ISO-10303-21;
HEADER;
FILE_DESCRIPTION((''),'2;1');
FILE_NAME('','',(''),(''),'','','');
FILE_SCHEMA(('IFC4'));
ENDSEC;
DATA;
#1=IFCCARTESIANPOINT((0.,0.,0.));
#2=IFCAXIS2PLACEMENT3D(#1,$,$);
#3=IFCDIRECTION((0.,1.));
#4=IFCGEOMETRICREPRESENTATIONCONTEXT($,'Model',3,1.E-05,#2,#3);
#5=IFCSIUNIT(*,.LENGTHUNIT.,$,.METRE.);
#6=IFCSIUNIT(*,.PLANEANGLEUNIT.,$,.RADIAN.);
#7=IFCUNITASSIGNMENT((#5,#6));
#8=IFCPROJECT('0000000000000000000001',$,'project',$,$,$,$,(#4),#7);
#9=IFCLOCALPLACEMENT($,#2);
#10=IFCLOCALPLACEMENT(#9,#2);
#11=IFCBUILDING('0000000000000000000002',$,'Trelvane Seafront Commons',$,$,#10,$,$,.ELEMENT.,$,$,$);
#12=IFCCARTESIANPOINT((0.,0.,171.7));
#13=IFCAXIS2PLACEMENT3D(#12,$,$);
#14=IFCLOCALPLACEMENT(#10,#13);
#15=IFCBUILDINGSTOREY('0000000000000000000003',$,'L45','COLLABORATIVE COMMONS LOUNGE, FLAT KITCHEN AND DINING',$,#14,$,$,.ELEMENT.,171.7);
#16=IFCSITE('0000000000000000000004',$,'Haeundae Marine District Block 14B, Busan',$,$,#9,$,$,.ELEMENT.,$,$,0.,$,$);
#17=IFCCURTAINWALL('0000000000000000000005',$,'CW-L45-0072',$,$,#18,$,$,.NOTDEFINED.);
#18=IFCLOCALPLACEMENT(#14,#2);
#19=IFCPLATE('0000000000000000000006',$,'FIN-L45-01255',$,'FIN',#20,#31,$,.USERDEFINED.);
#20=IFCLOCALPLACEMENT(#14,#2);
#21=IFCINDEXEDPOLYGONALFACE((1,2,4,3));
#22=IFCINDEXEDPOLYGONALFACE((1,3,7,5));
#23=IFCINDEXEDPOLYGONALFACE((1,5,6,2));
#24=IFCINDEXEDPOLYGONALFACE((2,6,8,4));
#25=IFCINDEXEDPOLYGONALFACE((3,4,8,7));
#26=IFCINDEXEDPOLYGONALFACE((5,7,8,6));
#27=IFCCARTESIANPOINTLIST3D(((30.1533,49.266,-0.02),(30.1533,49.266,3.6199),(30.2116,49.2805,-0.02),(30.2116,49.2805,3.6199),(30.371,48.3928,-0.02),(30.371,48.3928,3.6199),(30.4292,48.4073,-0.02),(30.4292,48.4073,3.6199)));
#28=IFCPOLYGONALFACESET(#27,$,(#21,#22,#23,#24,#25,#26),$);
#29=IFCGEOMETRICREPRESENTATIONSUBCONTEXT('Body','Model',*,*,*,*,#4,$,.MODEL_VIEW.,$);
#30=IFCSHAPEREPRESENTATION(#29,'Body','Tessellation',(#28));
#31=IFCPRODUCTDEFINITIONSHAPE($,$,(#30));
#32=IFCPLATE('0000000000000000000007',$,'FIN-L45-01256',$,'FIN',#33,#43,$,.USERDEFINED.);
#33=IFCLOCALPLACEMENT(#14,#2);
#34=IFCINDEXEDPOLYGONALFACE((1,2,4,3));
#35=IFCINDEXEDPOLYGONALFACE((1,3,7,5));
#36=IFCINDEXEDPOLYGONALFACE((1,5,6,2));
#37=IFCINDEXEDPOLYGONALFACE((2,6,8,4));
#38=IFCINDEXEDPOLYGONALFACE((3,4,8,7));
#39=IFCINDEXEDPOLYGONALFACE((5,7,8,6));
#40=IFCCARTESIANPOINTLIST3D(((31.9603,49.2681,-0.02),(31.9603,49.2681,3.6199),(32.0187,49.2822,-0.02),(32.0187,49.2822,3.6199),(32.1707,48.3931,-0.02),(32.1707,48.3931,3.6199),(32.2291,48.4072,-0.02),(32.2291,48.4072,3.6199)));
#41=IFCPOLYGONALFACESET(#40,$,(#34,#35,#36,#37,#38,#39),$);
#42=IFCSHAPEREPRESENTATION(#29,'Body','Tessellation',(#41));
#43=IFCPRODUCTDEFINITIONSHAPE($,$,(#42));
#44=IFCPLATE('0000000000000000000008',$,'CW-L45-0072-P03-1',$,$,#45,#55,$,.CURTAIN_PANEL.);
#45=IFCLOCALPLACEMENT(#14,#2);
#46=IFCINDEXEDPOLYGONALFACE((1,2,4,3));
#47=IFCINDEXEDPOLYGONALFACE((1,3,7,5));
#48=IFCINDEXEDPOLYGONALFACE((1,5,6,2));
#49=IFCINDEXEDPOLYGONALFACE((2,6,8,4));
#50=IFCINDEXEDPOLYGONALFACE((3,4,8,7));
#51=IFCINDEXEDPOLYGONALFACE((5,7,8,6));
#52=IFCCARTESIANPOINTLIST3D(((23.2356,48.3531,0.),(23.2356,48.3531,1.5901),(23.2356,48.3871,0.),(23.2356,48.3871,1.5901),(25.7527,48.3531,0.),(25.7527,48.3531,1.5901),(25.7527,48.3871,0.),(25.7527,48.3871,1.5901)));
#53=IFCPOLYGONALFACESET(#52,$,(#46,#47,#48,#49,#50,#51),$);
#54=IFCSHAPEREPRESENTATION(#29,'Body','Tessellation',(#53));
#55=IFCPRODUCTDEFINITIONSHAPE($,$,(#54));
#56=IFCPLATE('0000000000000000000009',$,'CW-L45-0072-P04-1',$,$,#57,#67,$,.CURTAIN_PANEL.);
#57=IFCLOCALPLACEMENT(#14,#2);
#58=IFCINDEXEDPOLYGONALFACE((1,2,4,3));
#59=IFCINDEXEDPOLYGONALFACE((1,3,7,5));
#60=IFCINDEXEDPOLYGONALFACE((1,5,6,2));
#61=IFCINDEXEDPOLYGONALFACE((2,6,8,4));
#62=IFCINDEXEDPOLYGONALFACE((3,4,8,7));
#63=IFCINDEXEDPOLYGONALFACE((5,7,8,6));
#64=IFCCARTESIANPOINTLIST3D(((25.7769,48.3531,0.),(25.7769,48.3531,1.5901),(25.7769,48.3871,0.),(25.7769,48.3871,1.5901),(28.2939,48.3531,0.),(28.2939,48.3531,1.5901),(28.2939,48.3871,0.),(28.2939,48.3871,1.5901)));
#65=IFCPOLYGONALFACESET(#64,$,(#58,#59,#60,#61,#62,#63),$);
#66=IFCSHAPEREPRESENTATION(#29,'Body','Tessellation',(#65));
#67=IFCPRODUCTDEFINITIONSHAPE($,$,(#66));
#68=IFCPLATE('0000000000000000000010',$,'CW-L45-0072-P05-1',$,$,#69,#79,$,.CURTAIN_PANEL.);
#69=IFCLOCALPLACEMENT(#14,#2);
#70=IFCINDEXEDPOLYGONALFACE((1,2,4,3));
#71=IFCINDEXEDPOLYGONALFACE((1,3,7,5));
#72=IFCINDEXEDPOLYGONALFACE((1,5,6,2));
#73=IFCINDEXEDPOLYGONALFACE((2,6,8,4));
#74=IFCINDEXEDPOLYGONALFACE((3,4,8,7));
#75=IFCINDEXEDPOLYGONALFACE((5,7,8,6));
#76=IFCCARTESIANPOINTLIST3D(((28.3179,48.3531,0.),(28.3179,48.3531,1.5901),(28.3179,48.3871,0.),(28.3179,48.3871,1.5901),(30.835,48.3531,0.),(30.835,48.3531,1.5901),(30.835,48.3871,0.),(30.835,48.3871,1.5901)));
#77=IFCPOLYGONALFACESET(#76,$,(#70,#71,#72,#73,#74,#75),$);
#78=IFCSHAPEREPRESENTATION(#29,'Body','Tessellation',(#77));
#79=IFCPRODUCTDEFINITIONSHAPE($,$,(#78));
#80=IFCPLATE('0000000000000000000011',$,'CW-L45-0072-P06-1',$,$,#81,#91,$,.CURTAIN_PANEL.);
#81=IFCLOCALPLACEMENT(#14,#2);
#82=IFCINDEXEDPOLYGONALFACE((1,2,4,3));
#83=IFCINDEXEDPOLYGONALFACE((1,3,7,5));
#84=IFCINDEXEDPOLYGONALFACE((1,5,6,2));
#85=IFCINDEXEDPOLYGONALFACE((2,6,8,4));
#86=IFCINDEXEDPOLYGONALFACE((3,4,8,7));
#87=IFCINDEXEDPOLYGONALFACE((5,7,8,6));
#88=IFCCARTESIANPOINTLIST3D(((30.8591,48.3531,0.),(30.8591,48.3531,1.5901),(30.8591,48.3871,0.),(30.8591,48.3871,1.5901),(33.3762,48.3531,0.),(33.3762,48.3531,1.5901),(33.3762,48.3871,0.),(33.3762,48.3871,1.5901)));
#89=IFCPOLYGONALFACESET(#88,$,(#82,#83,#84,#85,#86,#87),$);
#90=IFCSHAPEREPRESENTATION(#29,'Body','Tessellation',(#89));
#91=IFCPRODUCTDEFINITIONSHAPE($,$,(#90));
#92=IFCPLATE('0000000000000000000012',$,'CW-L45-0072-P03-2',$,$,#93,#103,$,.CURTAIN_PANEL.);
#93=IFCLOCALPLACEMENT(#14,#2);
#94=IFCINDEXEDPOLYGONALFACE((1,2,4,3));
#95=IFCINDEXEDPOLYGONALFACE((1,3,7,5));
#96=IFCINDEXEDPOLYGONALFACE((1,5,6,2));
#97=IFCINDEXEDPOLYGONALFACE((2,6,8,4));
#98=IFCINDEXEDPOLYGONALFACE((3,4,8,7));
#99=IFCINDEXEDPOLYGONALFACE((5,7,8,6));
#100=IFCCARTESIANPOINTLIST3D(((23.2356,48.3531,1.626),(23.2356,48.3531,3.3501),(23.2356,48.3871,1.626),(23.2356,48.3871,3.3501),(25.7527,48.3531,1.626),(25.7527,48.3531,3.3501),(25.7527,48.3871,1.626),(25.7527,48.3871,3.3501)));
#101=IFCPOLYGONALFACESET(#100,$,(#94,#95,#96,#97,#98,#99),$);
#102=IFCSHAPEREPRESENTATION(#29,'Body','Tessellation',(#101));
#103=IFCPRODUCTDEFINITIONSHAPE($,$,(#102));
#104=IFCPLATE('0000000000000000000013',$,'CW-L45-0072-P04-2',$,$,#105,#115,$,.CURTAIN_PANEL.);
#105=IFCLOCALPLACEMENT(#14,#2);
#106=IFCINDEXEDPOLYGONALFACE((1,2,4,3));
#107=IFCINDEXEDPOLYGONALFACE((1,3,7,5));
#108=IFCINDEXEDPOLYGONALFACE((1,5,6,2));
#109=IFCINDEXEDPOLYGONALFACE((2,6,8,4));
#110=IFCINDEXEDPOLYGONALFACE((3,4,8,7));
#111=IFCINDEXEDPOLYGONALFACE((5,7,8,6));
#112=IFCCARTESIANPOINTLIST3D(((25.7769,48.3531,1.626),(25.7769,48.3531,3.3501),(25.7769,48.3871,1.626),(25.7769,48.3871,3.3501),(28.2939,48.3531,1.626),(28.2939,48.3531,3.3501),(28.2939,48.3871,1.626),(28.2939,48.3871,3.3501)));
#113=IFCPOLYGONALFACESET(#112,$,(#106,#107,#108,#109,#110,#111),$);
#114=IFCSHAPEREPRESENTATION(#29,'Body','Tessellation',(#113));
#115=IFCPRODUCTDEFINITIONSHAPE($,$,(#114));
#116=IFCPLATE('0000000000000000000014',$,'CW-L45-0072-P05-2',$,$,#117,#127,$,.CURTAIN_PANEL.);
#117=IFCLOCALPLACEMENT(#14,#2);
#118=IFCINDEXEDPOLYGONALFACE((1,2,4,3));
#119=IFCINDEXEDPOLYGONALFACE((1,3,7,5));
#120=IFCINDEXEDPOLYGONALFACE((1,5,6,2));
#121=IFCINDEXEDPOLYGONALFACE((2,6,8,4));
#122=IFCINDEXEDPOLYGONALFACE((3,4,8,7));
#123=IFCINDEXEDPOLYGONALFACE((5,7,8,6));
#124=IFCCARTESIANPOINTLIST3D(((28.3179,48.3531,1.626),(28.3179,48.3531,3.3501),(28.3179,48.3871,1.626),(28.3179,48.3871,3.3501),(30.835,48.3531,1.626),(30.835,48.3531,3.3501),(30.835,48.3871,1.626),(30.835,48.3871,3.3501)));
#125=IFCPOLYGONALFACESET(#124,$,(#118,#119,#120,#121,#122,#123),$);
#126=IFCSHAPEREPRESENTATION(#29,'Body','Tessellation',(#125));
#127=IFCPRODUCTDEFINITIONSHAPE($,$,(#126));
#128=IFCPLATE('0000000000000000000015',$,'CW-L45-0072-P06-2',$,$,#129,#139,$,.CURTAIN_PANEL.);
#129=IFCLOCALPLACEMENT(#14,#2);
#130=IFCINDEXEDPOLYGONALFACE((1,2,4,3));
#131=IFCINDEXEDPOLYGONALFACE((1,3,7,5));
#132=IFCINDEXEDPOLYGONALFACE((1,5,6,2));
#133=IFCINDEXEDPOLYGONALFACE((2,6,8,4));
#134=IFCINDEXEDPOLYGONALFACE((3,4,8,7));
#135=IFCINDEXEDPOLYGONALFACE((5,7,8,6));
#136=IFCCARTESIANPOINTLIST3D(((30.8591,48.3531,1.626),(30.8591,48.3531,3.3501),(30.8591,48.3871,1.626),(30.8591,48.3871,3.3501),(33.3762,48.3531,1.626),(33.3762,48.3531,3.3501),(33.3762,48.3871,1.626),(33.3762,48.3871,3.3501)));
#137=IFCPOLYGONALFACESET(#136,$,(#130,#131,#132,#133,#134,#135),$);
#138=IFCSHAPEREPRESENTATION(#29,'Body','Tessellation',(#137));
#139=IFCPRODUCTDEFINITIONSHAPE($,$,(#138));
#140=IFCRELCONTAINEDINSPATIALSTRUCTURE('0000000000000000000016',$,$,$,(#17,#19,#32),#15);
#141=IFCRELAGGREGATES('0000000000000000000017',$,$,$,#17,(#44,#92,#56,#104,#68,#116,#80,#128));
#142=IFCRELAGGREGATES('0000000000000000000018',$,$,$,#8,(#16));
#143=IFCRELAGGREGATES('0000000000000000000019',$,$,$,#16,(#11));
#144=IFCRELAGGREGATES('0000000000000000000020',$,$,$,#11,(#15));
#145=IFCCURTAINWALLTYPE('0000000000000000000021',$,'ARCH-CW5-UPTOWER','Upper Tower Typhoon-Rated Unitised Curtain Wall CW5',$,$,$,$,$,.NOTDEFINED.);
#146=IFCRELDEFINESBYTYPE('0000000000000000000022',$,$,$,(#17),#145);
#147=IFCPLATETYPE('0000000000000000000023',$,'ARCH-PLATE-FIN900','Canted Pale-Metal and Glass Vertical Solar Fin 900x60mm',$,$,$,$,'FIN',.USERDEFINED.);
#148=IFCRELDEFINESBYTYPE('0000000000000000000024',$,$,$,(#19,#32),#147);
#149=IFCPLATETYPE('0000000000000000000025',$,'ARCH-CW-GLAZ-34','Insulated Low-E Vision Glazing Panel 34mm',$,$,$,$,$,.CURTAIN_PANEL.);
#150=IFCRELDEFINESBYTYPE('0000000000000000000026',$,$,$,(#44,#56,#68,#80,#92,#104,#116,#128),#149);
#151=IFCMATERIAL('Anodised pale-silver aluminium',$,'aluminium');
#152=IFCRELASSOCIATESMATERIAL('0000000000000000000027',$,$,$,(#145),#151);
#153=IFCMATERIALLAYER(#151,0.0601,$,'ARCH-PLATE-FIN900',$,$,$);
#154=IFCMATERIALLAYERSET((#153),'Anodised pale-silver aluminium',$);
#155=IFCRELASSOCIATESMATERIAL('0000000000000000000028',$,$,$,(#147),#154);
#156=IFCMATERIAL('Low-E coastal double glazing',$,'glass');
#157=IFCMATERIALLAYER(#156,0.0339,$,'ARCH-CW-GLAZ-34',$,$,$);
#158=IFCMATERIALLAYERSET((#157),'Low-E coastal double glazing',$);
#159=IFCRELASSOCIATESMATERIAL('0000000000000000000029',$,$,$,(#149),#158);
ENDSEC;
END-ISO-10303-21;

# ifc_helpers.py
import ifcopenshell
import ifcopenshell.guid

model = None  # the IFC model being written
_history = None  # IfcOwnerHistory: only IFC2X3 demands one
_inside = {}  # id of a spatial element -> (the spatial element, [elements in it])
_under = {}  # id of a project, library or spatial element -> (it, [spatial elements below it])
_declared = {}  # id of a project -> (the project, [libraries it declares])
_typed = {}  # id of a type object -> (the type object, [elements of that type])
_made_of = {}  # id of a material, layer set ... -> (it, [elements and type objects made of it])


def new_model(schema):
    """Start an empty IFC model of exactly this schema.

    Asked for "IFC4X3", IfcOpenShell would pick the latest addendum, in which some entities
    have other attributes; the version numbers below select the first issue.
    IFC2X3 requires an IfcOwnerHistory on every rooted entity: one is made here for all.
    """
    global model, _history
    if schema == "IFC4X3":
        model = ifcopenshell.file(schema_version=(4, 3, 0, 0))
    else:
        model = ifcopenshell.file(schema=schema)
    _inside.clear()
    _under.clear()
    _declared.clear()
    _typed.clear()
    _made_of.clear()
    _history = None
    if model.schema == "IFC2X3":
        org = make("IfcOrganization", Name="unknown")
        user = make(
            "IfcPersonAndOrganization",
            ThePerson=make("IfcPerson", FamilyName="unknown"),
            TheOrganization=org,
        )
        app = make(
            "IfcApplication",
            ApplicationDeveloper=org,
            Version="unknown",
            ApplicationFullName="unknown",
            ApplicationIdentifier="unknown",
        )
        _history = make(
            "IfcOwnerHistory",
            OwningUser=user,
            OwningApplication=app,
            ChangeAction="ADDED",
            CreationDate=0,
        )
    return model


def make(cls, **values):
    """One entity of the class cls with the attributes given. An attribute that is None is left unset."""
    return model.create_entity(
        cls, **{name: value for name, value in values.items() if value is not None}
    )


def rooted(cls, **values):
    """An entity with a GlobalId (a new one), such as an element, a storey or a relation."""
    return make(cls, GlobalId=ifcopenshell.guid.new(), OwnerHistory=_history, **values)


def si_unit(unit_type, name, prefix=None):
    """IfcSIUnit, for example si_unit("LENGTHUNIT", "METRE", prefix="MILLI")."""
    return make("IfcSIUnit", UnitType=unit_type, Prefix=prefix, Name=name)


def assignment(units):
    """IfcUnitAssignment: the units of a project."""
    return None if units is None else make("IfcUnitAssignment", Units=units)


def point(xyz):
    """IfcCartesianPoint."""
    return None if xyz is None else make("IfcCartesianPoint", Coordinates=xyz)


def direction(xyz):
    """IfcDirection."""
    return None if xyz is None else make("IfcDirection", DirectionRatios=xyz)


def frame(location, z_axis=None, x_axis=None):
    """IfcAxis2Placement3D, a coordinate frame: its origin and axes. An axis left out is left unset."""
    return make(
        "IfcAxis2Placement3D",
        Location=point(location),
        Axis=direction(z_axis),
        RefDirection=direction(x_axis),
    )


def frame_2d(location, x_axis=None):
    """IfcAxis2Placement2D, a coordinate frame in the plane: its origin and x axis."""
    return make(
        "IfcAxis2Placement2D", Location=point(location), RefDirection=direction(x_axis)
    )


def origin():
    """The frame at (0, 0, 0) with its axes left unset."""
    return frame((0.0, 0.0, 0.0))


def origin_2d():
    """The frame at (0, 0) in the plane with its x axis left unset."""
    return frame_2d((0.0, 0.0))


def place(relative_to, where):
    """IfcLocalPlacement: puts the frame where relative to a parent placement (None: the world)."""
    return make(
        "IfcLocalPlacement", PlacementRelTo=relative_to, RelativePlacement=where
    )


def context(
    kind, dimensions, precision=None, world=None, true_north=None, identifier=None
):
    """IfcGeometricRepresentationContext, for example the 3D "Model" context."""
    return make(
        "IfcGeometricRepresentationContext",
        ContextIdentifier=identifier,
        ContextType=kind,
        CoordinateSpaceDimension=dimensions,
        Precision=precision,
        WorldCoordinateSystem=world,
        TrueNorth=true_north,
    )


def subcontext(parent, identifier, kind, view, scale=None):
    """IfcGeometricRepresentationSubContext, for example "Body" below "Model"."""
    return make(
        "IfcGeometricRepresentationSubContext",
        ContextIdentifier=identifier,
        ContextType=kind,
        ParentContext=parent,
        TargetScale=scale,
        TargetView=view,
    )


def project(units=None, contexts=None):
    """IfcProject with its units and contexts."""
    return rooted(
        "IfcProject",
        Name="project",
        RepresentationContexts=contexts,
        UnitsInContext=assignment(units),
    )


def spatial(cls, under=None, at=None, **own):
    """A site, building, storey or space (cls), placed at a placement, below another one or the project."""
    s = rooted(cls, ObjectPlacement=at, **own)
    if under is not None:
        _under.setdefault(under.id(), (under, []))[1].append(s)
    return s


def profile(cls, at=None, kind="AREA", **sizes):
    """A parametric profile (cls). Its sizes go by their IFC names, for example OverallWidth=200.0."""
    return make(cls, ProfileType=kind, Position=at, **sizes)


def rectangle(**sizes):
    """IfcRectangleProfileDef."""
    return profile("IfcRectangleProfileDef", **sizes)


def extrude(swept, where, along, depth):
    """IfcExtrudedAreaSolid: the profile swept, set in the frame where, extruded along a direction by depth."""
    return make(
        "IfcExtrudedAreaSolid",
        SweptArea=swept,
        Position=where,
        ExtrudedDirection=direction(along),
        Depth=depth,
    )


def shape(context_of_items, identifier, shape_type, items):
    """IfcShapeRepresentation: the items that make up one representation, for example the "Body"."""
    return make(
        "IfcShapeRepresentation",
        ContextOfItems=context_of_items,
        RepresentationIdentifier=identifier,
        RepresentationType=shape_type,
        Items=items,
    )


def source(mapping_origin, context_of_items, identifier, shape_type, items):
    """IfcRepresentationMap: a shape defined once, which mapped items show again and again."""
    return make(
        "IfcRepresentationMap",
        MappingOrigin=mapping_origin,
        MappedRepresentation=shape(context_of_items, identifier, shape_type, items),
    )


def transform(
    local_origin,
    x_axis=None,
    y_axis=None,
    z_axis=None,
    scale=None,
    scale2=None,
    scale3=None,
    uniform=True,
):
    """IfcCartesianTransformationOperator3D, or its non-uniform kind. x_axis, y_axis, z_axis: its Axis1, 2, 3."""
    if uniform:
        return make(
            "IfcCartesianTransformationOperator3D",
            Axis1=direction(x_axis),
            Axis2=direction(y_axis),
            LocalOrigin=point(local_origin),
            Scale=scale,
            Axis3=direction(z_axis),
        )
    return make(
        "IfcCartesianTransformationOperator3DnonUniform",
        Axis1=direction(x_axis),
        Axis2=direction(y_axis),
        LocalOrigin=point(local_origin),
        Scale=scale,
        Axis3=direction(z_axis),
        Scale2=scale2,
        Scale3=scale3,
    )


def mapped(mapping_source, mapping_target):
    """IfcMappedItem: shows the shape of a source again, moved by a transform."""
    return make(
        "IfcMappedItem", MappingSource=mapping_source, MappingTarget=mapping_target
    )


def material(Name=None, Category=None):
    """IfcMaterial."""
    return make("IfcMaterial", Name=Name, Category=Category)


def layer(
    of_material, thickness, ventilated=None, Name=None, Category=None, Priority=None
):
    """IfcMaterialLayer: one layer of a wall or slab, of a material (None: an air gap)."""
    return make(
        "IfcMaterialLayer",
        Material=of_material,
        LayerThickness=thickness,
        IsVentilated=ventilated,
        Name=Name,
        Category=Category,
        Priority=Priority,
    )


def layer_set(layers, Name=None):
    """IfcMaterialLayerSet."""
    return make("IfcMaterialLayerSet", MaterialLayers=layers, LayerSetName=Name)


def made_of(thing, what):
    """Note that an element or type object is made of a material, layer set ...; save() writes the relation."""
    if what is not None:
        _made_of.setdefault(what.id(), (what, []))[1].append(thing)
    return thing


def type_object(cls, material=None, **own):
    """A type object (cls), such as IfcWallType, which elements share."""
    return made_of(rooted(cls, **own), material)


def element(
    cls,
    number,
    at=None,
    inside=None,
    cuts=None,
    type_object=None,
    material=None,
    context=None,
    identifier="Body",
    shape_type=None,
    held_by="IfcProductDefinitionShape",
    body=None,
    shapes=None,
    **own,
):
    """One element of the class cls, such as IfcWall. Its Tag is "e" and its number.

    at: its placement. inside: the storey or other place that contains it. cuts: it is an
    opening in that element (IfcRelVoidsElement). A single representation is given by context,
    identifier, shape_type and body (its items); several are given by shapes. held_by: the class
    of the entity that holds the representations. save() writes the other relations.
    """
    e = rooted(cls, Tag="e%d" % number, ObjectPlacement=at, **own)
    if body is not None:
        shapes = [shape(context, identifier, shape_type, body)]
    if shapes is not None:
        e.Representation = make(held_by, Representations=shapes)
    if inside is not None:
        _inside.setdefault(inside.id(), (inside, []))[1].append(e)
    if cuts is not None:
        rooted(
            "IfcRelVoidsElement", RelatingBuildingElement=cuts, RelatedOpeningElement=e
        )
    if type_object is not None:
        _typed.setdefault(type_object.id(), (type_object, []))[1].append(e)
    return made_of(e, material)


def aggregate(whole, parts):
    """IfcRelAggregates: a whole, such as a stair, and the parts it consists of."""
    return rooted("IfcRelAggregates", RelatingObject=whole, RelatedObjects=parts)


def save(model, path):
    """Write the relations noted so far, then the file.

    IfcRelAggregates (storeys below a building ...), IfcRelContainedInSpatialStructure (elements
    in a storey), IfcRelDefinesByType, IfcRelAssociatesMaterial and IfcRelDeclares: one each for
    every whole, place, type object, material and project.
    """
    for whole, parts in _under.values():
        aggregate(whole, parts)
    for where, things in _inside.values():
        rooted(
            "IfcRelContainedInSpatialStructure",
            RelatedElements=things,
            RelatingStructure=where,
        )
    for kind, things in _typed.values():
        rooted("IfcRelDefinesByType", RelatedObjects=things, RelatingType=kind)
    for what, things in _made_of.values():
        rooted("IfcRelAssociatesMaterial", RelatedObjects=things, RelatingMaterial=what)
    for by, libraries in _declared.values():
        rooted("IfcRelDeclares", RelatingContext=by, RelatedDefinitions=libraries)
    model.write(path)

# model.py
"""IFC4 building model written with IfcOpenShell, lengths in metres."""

from ifc_helpers import new_model, si_unit, direction, frame, origin, origin_2d, place, context, subcontext, project, spatial, rectangle, extrude, source, transform, mapped, material, layer, layer_set, type_object, element, aggregate, save


model = new_model("IFC4")

# Units and contexts
model_context = context("Model", 3, precision=1e-05, world=origin(), true_north=direction((0.0, 1.0)))
body_context = subcontext(model_context, "Body", "Model", "MODEL_VIEW")
ifc_project = project(units=[si_unit("LENGTHUNIT", "METRE"), si_unit("PLANEANGLEUNIT", "RADIAN")], contexts=[model_context])

# Site, building, storey
site_placement = place(None, origin())
site = spatial("IfcSite", under=ifc_project, at=site_placement, Name="Haeundae Marine District Block 14B, Busan", CompositionType="ELEMENT", RefElevation=0.0)
building_placement = place(site_placement, origin())
building = spatial("IfcBuilding", under=site, at=building_placement, Name="Trelvane Seafront Commons", CompositionType="ELEMENT")
storey_placement = place(building_placement, frame((0.0, 0.0, 171.7)))
storey = spatial("IfcBuildingStorey", under=building, at=storey_placement, Name="L45", Description="COLLABORATIVE COMMONS LOUNGE, FLAT KITCHEN AND DINING", CompositionType="ELEMENT", Elevation=171.7)

# Curtain wall
ifc_material_1 = material(Name="Anodised pale-silver aluminium", Category="aluminium")
curtain_wall_type = type_object("IfcCurtainWallType", Name="ARCH-CW5-UPTOWER", Description="Upper Tower Typhoon-Rated Unitised Curtain Wall CW5", PredefinedType="NOTDEFINED", material=ifc_material_1)
curtain_wall_placement = place(storey_placement, origin())
curtain_wall = element("IfcCurtainWall", 1, at=curtain_wall_placement, inside=storey, type_object=curtain_wall_type, Name="CW-L45-0072", PredefinedType="NOTDEFINED")

# Plates
ifc_layer_1 = layer(ifc_material_1, 0.0601, Name="ARCH-PLATE-FIN900")
ifc_layer_set_1 = layer_set([ifc_layer_1], Name="Anodised pale-silver aluminium")
plate_type_1 = type_object("IfcPlateType", Name="ARCH-PLATE-FIN900", Description="Canted Pale-Metal and Glass Vertical Solar Fin 900x60mm", ElementType="FIN", PredefinedType="USERDEFINED", material=ifc_layer_set_1)
shared_shape_1 = source(origin(), body_context, "Body", "SweptSolid", [
    extrude(rectangle(XDim=0.8999, YDim=0.0601, at=origin_2d()), origin(), (0.0, 0.0, 1.0), 3.6399),
])
for number, where, z_axis, x_axis, name in (
    (2, (30.2913, 48.8367, -0.02), (0.0, 0.0, 1.0), (-0.241881, 0.970306, 0.0), "FIN-L45-01255"),
    (3, (32.0947, 48.8376, -0.02), (0.0, 0.0, 1.0), (-0.233768, 0.972292, 0.0), "FIN-L45-01256"),
):
    element("IfcPlate", number, at=place(storey_placement, frame(where, z_axis=z_axis, x_axis=x_axis)), inside=storey, type_object=plate_type_1, Name=name, ObjectType="FIN", PredefinedType="USERDEFINED", context=body_context, shape_type="MappedRepresentation", body=[
        mapped(shared_shape_1, transform((0.0, 0.0, 0.0), x_axis=(1.0, 0.0, 0.0), y_axis=(0.0, 1.0, 0.0), z_axis=(0.0, 0.0, 1.0), scale=1.0)),
    ])

# Plates
ifc_material_2 = material(Name="Low-E coastal double glazing", Category="glass")
ifc_layer_2 = layer(ifc_material_2, 0.0339, Name="ARCH-CW-GLAZ-34")
ifc_layer_set_2 = layer_set([ifc_layer_2], Name="Low-E coastal double glazing")
plate_type_2 = type_object("IfcPlateType", Name="ARCH-CW-GLAZ-34", Description="Insulated Low-E Vision Glazing Panel 34mm", PredefinedType="CURTAIN_PANEL", material=ifc_layer_set_2)
shared_shape_2 = source(origin(), body_context, "Body", "SweptSolid", [
    extrude(rectangle(XDim=2.5171, YDim=0.0339, at=origin_2d()), origin(), (0.0, 0.0, 1.0), 1.5901),
])
plate_1_placement = place(storey_placement, frame((24.4941, 48.3701, 0.0), z_axis=(0.0, 0.0, 1.0), x_axis=(1.0, 0.0, 0.0)))
plate_1 = element("IfcPlate", 4, at=plate_1_placement, type_object=plate_type_2, Name="CW-L45-0072-P03-1", PredefinedType="CURTAIN_PANEL", context=body_context, shape_type="MappedRepresentation", body=[
    mapped(shared_shape_2, transform((0.0, 0.0, 0.0), x_axis=(1.0, 0.0, 0.0), y_axis=(0.0, 1.0, 0.0), z_axis=(0.0, 0.0, 1.0), scale=1.0)),
])
plate_2_placement = place(storey_placement, frame((27.0354, 48.3701, 0.0), z_axis=(0.0, 0.0, 1.0), x_axis=(1.0, 0.0, 0.0)))
plate_2 = element("IfcPlate", 5, at=plate_2_placement, type_object=plate_type_2, Name="CW-L45-0072-P04-1", PredefinedType="CURTAIN_PANEL", context=body_context, shape_type="MappedRepresentation", body=[
    mapped(shared_shape_2, transform((0.0, 0.0, 0.0), x_axis=(1.0, 0.0, 0.0), y_axis=(0.0, 1.0, 0.0), z_axis=(0.0, 0.0, 1.0), scale=1.0)),
])
plate_3_placement = place(storey_placement, frame((29.5764, 48.3701, 0.0), z_axis=(0.0, 0.0, 1.0), x_axis=(1.0, 0.0, 0.0)))
plate_3 = element("IfcPlate", 6, at=plate_3_placement, type_object=plate_type_2, Name="CW-L45-0072-P05-1", PredefinedType="CURTAIN_PANEL", context=body_context, shape_type="MappedRepresentation", body=[
    mapped(shared_shape_2, transform((0.0, 0.0, 0.0), x_axis=(1.0, 0.0, 0.0), y_axis=(0.0, 1.0, 0.0), z_axis=(0.0, 0.0, 1.0), scale=1.0)),
])
plate_4_placement = place(storey_placement, frame((32.1177, 48.3701, 0.0), z_axis=(0.0, 0.0, 1.0), x_axis=(1.0, 0.0, 0.0)))
plate_4 = element("IfcPlate", 7, at=plate_4_placement, type_object=plate_type_2, Name="CW-L45-0072-P06-1", PredefinedType="CURTAIN_PANEL", context=body_context, shape_type="MappedRepresentation", body=[
    mapped(shared_shape_2, transform((0.0, 0.0, 0.0), x_axis=(1.0, 0.0, 0.0), y_axis=(0.0, 1.0, 0.0), z_axis=(0.0, 0.0, 1.0), scale=1.0)),
])
shared_shape_3 = source(origin(), body_context, "Body", "SweptSolid", [
    extrude(rectangle(XDim=2.5171, YDim=0.0339, at=origin_2d()), origin(), (0.0, 0.0, 1.0), 1.7241),
])
plate_5_placement = place(storey_placement, frame((24.4941, 48.3701, 1.626), z_axis=(0.0, 0.0, 1.0), x_axis=(1.0, 0.0, 0.0)))
plate_5 = element("IfcPlate", 8, at=plate_5_placement, type_object=plate_type_2, Name="CW-L45-0072-P03-2", PredefinedType="CURTAIN_PANEL", context=body_context, shape_type="MappedRepresentation", body=[
    mapped(shared_shape_3, transform((0.0, 0.0, 0.0), x_axis=(1.0, 0.0, 0.0), y_axis=(0.0, 1.0, 0.0), z_axis=(0.0, 0.0, 1.0), scale=1.0)),
])
plate_6_placement = place(storey_placement, frame((27.0354, 48.3701, 1.626), z_axis=(0.0, 0.0, 1.0), x_axis=(1.0, 0.0, 0.0)))
plate_6 = element("IfcPlate", 9, at=plate_6_placement, type_object=plate_type_2, Name="CW-L45-0072-P04-2", PredefinedType="CURTAIN_PANEL", context=body_context, shape_type="MappedRepresentation", body=[
    mapped(shared_shape_3, transform((0.0, 0.0, 0.0), x_axis=(1.0, 0.0, 0.0), y_axis=(0.0, 1.0, 0.0), z_axis=(0.0, 0.0, 1.0), scale=1.0)),
])
plate_7_placement = place(storey_placement, frame((29.5764, 48.3701, 1.626), z_axis=(0.0, 0.0, 1.0), x_axis=(1.0, 0.0, 0.0)))
plate_7 = element("IfcPlate", 10, at=plate_7_placement, type_object=plate_type_2, Name="CW-L45-0072-P05-2", PredefinedType="CURTAIN_PANEL", context=body_context, shape_type="MappedRepresentation", body=[
    mapped(shared_shape_3, transform((0.0, 0.0, 0.0), x_axis=(1.0, 0.0, 0.0), y_axis=(0.0, 1.0, 0.0), z_axis=(0.0, 0.0, 1.0), scale=1.0)),
])
plate_8_placement = place(storey_placement, frame((32.1177, 48.3701, 1.626), z_axis=(0.0, 0.0, 1.0), x_axis=(1.0, 0.0, 0.0)))
plate_8 = element("IfcPlate", 11, at=plate_8_placement, type_object=plate_type_2, Name="CW-L45-0072-P06-2", PredefinedType="CURTAIN_PANEL", context=body_context, shape_type="MappedRepresentation", body=[
    mapped(shared_shape_3, transform((0.0, 0.0, 0.0), x_axis=(1.0, 0.0, 0.0), y_axis=(0.0, 1.0, 0.0), z_axis=(0.0, 0.0, 1.0), scale=1.0)),
])
aggregate(curtain_wall, [plate_1, plate_5, plate_2, plate_6, plate_3, plate_7, plate_4, plate_8])

save(model, "model.ifc")
